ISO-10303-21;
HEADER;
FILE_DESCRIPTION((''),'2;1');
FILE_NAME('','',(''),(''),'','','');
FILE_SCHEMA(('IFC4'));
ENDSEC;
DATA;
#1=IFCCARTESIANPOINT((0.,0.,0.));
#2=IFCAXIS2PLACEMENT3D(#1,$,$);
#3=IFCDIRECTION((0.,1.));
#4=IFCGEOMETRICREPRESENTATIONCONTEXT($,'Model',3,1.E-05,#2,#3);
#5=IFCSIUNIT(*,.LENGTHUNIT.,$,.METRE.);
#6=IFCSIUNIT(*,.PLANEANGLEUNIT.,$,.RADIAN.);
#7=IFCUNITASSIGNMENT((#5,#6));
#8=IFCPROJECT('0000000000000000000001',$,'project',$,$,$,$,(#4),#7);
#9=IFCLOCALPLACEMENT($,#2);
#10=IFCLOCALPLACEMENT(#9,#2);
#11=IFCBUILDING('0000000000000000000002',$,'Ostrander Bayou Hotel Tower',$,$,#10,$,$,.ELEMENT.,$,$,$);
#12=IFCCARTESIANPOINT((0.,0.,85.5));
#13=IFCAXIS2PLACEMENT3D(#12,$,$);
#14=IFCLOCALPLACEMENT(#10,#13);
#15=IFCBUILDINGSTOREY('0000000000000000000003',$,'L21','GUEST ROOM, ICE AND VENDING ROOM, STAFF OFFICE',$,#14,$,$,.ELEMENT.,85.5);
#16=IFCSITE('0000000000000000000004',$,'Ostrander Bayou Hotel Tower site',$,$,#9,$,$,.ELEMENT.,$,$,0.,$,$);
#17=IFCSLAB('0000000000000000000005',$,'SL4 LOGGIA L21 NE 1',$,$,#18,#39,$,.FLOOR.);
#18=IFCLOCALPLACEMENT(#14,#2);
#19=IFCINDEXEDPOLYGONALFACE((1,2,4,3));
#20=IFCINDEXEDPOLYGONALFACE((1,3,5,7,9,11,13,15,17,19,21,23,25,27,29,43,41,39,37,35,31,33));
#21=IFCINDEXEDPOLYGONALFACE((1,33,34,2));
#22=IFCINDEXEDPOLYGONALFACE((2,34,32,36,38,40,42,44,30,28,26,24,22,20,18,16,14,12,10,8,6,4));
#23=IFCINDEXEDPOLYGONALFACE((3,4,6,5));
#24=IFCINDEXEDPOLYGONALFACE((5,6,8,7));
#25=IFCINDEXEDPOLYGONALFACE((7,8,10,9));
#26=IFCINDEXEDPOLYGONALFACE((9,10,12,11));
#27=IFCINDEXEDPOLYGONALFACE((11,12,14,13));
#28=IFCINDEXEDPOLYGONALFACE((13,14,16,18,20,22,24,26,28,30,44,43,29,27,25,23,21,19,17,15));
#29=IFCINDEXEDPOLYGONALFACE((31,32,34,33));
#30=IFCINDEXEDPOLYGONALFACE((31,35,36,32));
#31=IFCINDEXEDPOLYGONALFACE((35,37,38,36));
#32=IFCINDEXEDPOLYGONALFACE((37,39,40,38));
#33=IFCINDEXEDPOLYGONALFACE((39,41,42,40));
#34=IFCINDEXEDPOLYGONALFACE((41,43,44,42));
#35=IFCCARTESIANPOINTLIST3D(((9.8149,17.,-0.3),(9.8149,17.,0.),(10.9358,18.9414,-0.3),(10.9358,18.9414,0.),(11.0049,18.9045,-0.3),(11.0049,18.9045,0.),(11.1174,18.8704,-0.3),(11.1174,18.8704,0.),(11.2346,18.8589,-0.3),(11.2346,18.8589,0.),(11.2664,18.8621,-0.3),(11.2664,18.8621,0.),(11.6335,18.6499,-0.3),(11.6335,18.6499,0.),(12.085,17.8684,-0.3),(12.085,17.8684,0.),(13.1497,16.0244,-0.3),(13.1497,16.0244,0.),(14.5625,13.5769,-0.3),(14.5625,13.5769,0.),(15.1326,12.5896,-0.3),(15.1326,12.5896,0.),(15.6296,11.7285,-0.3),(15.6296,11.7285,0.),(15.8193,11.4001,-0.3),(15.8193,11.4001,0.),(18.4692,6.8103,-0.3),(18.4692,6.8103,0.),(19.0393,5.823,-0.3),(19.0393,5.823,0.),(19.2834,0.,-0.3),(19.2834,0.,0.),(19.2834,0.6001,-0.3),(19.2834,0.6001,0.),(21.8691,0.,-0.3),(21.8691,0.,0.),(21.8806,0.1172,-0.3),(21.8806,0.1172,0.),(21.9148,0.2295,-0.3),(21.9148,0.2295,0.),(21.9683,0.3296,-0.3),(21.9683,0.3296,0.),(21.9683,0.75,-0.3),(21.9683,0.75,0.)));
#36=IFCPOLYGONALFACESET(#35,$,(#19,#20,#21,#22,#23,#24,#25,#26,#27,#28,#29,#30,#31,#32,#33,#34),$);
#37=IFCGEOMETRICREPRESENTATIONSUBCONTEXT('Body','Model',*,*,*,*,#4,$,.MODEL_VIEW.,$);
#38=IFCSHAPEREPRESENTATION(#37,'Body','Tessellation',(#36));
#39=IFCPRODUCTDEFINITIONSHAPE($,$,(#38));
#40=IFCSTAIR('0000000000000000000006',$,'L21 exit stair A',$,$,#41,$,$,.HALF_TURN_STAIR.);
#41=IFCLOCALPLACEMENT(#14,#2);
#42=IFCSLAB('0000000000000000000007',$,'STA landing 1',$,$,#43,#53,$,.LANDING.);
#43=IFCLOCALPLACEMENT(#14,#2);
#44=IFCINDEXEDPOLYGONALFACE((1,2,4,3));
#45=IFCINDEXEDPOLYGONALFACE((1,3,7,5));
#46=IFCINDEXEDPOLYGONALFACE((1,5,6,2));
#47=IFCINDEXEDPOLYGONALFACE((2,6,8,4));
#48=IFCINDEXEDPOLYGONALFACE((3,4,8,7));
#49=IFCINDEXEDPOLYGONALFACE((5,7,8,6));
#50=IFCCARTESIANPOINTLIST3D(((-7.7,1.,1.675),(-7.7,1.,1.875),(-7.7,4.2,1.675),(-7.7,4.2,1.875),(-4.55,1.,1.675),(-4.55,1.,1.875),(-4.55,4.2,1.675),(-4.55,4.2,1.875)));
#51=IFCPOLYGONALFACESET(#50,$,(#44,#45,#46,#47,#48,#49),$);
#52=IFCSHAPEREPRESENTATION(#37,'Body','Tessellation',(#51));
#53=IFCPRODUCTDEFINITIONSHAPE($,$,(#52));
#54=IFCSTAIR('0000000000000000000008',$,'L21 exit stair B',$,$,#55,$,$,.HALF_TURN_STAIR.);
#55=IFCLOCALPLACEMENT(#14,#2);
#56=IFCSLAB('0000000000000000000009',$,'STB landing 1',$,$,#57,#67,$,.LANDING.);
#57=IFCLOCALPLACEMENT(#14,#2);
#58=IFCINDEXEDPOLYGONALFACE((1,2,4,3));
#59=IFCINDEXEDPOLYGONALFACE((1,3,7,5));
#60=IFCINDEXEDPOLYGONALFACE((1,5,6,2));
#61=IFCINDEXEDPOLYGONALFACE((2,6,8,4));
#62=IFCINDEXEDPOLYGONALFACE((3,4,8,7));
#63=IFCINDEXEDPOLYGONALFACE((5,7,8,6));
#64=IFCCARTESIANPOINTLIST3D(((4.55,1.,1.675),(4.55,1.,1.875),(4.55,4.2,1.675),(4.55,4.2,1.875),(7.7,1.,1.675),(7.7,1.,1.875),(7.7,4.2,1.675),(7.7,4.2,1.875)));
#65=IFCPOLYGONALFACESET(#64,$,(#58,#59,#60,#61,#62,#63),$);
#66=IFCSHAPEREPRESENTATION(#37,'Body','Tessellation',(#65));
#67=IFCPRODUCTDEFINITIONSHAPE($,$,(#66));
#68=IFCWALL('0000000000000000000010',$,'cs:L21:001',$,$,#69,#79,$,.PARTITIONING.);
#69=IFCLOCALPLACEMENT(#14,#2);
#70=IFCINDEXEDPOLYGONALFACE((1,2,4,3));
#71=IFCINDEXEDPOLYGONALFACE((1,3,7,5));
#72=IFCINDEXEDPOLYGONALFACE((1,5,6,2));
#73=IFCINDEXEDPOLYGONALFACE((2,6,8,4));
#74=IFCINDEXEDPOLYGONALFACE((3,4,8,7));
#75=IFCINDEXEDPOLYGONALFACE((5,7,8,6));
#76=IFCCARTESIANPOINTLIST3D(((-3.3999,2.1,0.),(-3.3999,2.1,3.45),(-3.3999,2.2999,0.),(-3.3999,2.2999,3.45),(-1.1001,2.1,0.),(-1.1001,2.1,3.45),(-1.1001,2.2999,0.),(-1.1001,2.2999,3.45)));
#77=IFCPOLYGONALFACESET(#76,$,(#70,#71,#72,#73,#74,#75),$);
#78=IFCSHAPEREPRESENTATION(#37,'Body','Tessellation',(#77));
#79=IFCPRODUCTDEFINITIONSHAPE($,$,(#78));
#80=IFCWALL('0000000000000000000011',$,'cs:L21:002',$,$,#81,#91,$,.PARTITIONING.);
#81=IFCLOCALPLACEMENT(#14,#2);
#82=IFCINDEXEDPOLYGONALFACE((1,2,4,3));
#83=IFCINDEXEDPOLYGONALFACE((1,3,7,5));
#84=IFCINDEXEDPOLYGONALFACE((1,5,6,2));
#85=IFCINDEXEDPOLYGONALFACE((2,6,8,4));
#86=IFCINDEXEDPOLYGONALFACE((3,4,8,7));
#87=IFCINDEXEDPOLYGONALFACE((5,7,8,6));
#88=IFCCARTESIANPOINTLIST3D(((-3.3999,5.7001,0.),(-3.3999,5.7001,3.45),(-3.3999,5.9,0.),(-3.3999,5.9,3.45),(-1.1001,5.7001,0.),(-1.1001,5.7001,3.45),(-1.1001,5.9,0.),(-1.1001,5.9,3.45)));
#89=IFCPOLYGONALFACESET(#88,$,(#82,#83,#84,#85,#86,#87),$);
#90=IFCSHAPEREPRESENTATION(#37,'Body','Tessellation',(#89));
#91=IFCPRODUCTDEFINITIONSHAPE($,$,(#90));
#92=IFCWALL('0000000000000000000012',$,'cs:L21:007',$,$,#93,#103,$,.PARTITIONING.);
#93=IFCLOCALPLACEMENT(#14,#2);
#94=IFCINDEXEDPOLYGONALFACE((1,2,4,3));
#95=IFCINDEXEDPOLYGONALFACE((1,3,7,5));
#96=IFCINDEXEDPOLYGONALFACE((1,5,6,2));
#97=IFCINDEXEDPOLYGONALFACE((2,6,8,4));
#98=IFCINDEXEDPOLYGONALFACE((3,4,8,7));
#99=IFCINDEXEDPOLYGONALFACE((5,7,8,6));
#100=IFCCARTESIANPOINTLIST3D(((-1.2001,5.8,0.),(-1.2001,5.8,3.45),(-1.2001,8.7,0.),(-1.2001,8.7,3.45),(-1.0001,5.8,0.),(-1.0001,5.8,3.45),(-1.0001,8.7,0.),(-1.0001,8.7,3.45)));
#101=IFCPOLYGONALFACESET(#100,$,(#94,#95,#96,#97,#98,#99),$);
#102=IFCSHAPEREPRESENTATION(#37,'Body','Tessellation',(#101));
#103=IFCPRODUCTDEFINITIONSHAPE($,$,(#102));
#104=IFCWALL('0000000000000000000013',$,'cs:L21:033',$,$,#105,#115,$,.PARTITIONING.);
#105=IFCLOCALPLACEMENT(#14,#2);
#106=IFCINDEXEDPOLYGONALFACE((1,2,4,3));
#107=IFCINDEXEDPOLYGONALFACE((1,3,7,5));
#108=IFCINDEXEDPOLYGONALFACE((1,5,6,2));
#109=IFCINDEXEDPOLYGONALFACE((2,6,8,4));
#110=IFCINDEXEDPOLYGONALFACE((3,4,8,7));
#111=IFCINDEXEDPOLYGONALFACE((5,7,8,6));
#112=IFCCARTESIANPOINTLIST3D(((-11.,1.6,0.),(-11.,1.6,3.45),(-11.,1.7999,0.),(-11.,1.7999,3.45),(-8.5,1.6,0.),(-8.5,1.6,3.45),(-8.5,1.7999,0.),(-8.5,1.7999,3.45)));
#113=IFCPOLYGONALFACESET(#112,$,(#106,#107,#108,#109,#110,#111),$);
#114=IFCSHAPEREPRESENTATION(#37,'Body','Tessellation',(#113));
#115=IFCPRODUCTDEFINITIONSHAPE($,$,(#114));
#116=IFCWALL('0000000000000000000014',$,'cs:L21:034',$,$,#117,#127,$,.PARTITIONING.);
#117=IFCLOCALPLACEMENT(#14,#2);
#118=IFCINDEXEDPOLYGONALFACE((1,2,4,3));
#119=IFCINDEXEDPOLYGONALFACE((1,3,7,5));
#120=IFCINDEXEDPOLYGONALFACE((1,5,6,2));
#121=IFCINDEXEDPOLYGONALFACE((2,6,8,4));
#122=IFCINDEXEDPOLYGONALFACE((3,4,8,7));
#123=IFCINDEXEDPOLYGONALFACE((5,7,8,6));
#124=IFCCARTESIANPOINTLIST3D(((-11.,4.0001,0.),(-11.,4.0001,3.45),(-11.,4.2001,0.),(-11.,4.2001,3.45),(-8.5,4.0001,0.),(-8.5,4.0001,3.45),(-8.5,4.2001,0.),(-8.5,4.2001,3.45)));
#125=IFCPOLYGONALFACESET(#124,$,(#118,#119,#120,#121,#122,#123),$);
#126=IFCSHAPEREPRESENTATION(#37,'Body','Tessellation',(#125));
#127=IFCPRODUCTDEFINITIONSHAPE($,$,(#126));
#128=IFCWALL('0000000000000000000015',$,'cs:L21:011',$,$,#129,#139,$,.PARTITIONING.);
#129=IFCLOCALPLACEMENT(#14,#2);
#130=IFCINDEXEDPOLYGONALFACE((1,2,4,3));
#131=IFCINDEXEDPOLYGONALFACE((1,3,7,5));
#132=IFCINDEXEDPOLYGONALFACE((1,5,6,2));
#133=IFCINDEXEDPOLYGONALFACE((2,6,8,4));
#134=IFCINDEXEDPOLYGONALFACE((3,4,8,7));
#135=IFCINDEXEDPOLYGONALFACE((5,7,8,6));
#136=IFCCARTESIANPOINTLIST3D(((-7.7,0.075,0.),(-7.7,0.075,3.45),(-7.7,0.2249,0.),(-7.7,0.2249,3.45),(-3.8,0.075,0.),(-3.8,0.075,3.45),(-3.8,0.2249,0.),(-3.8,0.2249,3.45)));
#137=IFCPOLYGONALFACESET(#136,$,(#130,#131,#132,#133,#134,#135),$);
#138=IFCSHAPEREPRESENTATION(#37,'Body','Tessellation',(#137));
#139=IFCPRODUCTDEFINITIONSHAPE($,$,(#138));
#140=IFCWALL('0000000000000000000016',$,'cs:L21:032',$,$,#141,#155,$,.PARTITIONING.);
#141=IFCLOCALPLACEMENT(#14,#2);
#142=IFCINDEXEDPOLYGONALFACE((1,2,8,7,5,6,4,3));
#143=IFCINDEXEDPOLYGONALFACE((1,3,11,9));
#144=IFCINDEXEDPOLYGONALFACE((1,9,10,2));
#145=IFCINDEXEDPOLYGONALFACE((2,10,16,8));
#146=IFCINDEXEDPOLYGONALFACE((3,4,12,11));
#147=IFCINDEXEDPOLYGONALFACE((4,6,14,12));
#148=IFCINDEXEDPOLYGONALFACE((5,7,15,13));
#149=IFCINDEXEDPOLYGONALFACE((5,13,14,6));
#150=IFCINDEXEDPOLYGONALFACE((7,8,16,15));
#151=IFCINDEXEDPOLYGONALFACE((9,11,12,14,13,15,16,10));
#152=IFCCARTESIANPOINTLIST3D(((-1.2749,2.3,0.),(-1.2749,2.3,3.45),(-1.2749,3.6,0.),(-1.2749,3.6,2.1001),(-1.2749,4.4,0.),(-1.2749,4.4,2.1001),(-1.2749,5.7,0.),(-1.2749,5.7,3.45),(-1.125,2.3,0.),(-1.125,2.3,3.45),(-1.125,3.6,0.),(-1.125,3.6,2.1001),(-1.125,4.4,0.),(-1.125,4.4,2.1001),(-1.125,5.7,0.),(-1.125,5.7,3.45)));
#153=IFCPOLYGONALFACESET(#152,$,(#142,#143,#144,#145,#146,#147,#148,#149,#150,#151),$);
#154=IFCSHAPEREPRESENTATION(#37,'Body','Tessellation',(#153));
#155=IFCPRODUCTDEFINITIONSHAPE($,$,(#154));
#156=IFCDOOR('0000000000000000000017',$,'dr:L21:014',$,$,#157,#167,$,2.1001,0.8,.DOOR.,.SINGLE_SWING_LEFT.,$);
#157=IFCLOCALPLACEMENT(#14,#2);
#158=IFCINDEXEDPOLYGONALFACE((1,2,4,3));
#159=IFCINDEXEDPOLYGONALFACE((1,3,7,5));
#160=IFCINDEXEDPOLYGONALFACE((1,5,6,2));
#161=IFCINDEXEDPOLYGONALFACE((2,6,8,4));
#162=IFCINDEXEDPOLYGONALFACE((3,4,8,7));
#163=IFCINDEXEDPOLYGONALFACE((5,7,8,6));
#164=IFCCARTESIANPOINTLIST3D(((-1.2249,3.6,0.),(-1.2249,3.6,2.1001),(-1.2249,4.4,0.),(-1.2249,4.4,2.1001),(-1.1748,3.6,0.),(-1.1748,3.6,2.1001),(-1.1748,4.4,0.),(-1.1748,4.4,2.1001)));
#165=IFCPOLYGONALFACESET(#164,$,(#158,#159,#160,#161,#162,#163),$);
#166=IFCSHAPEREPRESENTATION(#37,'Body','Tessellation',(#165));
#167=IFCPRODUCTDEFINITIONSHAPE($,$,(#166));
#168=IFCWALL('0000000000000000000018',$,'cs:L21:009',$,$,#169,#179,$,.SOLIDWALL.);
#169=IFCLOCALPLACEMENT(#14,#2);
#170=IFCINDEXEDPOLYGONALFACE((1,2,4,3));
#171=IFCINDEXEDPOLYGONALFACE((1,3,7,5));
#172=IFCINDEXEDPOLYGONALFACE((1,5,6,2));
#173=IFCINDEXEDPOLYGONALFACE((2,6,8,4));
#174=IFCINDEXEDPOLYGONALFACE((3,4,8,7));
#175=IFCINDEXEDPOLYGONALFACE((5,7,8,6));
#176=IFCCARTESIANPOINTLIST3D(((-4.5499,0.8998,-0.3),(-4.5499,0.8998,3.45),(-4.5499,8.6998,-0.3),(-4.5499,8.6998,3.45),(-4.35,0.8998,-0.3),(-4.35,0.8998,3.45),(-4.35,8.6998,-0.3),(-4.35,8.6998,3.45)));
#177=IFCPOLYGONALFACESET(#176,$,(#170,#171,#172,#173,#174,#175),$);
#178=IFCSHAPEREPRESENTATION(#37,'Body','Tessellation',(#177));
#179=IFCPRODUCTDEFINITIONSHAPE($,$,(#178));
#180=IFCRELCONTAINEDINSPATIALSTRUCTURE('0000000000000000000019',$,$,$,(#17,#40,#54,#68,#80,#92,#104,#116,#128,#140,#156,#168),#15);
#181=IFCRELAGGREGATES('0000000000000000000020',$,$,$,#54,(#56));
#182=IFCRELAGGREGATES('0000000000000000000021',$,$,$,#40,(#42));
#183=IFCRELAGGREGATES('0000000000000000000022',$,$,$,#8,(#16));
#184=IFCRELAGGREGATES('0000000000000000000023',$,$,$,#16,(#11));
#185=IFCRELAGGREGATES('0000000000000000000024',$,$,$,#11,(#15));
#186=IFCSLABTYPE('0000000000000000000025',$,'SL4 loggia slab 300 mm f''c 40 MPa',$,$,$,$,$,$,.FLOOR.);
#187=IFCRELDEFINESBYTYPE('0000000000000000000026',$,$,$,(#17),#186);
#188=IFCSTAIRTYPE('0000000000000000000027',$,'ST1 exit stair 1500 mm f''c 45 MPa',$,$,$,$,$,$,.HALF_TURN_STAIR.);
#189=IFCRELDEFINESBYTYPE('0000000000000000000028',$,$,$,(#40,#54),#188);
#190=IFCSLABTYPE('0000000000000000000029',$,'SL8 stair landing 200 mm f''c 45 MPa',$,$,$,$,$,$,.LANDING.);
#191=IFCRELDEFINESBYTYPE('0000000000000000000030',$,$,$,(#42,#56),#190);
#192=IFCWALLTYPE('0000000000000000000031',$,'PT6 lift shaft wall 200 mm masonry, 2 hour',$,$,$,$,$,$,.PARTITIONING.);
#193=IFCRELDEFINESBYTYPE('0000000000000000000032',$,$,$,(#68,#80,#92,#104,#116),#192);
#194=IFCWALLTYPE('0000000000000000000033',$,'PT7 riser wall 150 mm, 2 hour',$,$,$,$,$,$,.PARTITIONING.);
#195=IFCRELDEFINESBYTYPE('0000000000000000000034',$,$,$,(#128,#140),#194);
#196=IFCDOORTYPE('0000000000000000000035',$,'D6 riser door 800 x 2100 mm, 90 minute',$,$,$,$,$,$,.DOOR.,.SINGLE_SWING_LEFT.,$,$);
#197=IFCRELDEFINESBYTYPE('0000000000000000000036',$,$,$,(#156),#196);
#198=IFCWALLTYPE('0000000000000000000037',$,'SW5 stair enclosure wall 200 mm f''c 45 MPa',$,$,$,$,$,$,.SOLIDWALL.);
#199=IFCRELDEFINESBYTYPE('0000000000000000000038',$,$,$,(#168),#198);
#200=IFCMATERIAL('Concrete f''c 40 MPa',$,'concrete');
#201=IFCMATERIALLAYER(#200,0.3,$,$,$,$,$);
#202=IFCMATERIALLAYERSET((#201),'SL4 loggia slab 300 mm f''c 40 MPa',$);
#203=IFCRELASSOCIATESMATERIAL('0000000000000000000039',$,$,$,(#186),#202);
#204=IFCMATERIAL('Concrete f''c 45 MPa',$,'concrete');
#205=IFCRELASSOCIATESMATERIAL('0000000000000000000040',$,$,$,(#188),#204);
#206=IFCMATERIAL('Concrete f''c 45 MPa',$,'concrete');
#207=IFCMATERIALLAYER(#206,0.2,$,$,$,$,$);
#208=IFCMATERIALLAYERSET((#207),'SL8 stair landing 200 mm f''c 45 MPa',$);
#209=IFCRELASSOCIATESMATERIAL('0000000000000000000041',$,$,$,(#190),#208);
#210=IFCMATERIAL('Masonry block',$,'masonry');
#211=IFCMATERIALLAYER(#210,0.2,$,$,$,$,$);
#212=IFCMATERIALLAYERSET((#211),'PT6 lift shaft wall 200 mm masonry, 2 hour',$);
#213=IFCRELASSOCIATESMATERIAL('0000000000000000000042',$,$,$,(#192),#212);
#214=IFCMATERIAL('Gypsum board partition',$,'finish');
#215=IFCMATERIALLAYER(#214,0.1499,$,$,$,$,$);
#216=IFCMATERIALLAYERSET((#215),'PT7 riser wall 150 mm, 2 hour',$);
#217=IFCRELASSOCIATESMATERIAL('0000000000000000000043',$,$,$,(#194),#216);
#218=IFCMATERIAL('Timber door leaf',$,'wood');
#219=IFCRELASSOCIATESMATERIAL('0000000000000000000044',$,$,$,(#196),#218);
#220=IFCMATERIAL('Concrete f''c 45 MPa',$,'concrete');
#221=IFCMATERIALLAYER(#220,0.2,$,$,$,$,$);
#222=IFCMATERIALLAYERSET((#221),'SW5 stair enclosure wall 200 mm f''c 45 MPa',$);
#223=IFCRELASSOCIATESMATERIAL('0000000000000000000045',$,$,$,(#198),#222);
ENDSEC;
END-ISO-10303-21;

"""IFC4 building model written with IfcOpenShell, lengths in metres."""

from ifc_helpers import new_model, si_unit, direction, frame, frame_2d, origin, place, context, subcontext, project, spatial, polyline, rectangle, outline, extrude, material, layer, layer_set, type_object, element, fill, aggregate, save


model = new_model("IFC4")

# Units and contexts
model_context = context("Model", 3, precision=1e-05, world=origin(), true_north=direction((0.0, 1.0)))
body_context = subcontext(model_context, "Body", "Model", "MODEL_VIEW")
ifc_project = project(units=[si_unit("LENGTHUNIT", "METRE"), si_unit("PLANEANGLEUNIT", "RADIAN")], contexts=[model_context])

# Site, building, storey
site_placement = place(None, origin())
site = spatial("IfcSite", under=ifc_project, at=site_placement, Name="Ostrander Bayou Hotel Tower site", CompositionType="ELEMENT", RefElevation=0.0)
building_placement = place(site_placement, origin())
building = spatial("IfcBuilding", under=site, at=building_placement, Name="Ostrander Bayou Hotel Tower", CompositionType="ELEMENT")
storey_placement = place(building_placement, frame((0.0, 0.0, 85.5)))
storey = spatial("IfcBuildingStorey", under=building, at=storey_placement, Name="L21", Description="GUEST ROOM, ICE AND VENDING ROOM, STAFF OFFICE", CompositionType="ELEMENT", Elevation=85.5)

# Slab
ifc_material_1 = material(Name="Concrete f'c 40 MPa", Category="concrete")
ifc_layer_1 = layer(ifc_material_1, 0.3)
ifc_layer_set_1 = layer_set([ifc_layer_1], Name="SL4 loggia slab 300 mm f'c 40 MPa")
slab_type_1 = type_object("IfcSlabType", Name="SL4 loggia slab 300 mm f'c 40 MPa", PredefinedType="FLOOR", material=ifc_layer_set_1)
slab_1_placement = place(storey_placement, frame((0.0, 0.0, -0.3)))
element("IfcSlab", 1, at=slab_1_placement, inside=storey, type_object=slab_type_1, Name="SL4 LOGGIA L21 NE 1", PredefinedType="FLOOR", context=body_context, shape_type="SweptSolid", body=[
    extrude(outline(polyline([(10.9358, 18.9414), (11.0049, 18.9045), (11.1174, 18.8704), (11.2346, 18.8589), (11.2664, 18.8621), (11.6335, 18.6499), (12.085, 17.8684), (13.1497, 16.0244), (14.5625, 13.5769), (15.1326, 12.5896), (15.6296, 11.7285), (15.8193, 11.4001), (18.4692, 6.8103), (19.0393, 5.823), (21.9683, 0.75), (21.9683, 0.3296), (21.9148, 0.2295), (21.8806, 0.1172), (21.8691, 0.0), (19.2834, 0.0), (19.2834, 0.6001), (9.8149, 17.0), (10.9358, 18.9414)])), origin(), (0.0, 0.0, 1.0), 0.3),
])

# Stairs, slabs
ifc_material_2 = material(Name="Concrete f'c 45 MPa", Category="concrete")
stair_type = type_object("IfcStairType", Name="ST1 exit stair 1500 mm f'c 45 MPa", PredefinedType="HALF_TURN_STAIR", material=ifc_material_2)
stair_1_placement = place(storey_placement, origin())
stair_1 = element("IfcStair", 2, at=stair_1_placement, inside=storey, type_object=stair_type, Name="L21 exit stair A", PredefinedType="HALF_TURN_STAIR")
ifc_material_3 = material(Name="Concrete f'c 45 MPa", Category="concrete")
ifc_layer_2 = layer(ifc_material_3, 0.2)
ifc_layer_set_2 = layer_set([ifc_layer_2], Name="SL8 stair landing 200 mm f'c 45 MPa")
slab_type_2 = type_object("IfcSlabType", Name="SL8 stair landing 200 mm f'c 45 MPa", PredefinedType="LANDING", material=ifc_layer_set_2)
slab_2_placement = place(storey_placement, frame((0.0, 0.0, 1.675)))
slab_2 = element("IfcSlab", 3, at=slab_2_placement, type_object=slab_type_2, Name="STA landing 1", PredefinedType="LANDING", context=body_context, shape_type="SweptSolid", body=[
    extrude(outline(polyline([(-7.7, 4.2), (-7.7, 1.0), (-4.55, 1.0), (-4.55, 4.2), (-7.7, 4.2)])), origin(), (0.0, 0.0, 1.0), 0.2),
])
stair_2_placement = place(storey_placement, origin())
stair_2 = element("IfcStair", 4, at=stair_2_placement, inside=storey, type_object=stair_type, Name="L21 exit stair B", PredefinedType="HALF_TURN_STAIR")
slab_3_placement = place(storey_placement, frame((0.0, 0.0, 1.675)))
slab_3 = element("IfcSlab", 5, at=slab_3_placement, type_object=slab_type_2, Name="STB landing 1", PredefinedType="LANDING", context=body_context, shape_type="SweptSolid", body=[
    extrude(outline(polyline([(4.55, 4.2), (4.55, 1.0), (7.7, 1.0), (7.7, 4.2), (4.55, 4.2)])), origin(), (0.0, 0.0, 1.0), 0.2),
])
aggregate(stair_2, [slab_3])

# Walls
ifc_material_4 = material(Name="Masonry block", Category="masonry")
ifc_layer_3 = layer(ifc_material_4, 0.2)
ifc_layer_set_3 = layer_set([ifc_layer_3], Name="PT6 lift shaft wall 200 mm masonry, 2 hour")
wall_type_1 = type_object("IfcWallType", Name="PT6 lift shaft wall 200 mm masonry, 2 hour", PredefinedType="PARTITIONING", material=ifc_layer_set_3)
for number, where, z_axis, x_axis, name in (
    (6, (-3.3999, 2.2, 0.0), (0.0, 0.0, 1.0), (1.0, 0.0, 0.0), "cs:L21:001"),
    (7, (-3.3999, 5.8, 0.0), (0.0, 0.0, 1.0), (1.0, 0.0, 0.0), "cs:L21:002"),
):
    element("IfcWall", number, at=place(storey_placement, frame(where, z_axis=z_axis, x_axis=x_axis)), inside=storey, type_object=wall_type_1, Name=name, PredefinedType="PARTITIONING", context=body_context, shape_type="SweptSolid", body=[
        extrude(rectangle(XDim=2.2998, YDim=0.2, at=frame_2d((1.1499, 0.0))), origin(), (0.0, 0.0, 1.0), 3.45),
    ])
wall_1_placement = place(storey_placement, frame((-1.1001, 5.8, 0.0), z_axis=(0.0, 0.0, 1.0), x_axis=(0.0, 1.0, 0.0)))
element("IfcWall", 8, at=wall_1_placement, inside=storey, type_object=wall_type_1, Name="cs:L21:007", PredefinedType="PARTITIONING", context=body_context, shape_type="SweptSolid", body=[
    extrude(rectangle(XDim=2.8999, YDim=0.2, at=frame_2d((1.45, 0.0))), origin(), (0.0, 0.0, 1.0), 3.45),
])
for number, where, z_axis, x_axis, name in (
    (9, (-11.0, 1.7, 0.0), (0.0, 0.0, 1.0), (1.0, 0.0, 0.0), "cs:L21:033"),
    (10, (-11.0, 4.1001, 0.0), (0.0, 0.0, 1.0), (1.0, 0.0, 0.0), "cs:L21:034"),
):
    element("IfcWall", number, at=place(storey_placement, frame(where, z_axis=z_axis, x_axis=x_axis)), inside=storey, type_object=wall_type_1, Name=name, PredefinedType="PARTITIONING", context=body_context, shape_type="SweptSolid", body=[
        extrude(rectangle(XDim=2.5, YDim=0.2, at=frame_2d((1.25, 0.0))), origin(), (0.0, 0.0, 1.0), 3.45),
    ])
ifc_material_5 = material(Name="Gypsum board partition", Category="finish")
ifc_layer_4 = layer(ifc_material_5, 0.1499)
ifc_layer_set_4 = layer_set([ifc_layer_4], Name="PT7 riser wall 150 mm, 2 hour")
wall_type_2 = type_object("IfcWallType", Name="PT7 riser wall 150 mm, 2 hour", PredefinedType="PARTITIONING", material=ifc_layer_set_4)
wall_2_placement = place(storey_placement, frame((-7.7, 0.1499, 0.0), z_axis=(0.0, 0.0, 1.0), x_axis=(1.0, 0.0, 0.0)))
element("IfcWall", 11, at=wall_2_placement, inside=storey, type_object=wall_type_2, Name="cs:L21:011", PredefinedType="PARTITIONING", context=body_context, shape_type="SweptSolid", body=[
    extrude(rectangle(XDim=3.8999, YDim=0.1499, at=frame_2d((1.95, 0.0))), origin(), (0.0, 0.0, 1.0), 3.45),
])

# Wall, opening, door
wall_3_placement = place(storey_placement, frame((-1.2, 2.3, 0.0), z_axis=(0.0, 0.0, 1.0), x_axis=(0.0, 1.0, 0.0)))
wall_3 = element("IfcWall", 12, at=wall_3_placement, inside=storey, type_object=wall_type_2, Name="cs:L21:032", PredefinedType="PARTITIONING", context=body_context, shape_type="SweptSolid", body=[
    extrude(rectangle(XDim=3.3999, YDim=0.1499, at=frame_2d((1.7, 0.0))), origin(), (0.0, 0.0, 1.0), 3.45),
])
opening_1_placement = place(wall_3_placement, frame((1.3, 0.0, 0.0)))
opening_1 = element("IfcOpeningElement", 13, at=opening_1_placement, cuts=wall_3, PredefinedType="OPENING", context=body_context, shape_type="SweptSolid", body=[
    extrude(rectangle(XDim=0.8, YDim=2.1001, at=frame_2d((0.3999, 1.05))), frame((0.0, 0.075, 0.0), z_axis=(0.0, -1.0, 0.0), x_axis=(1.0, 0.0, 0.0)), (0.0, 0.0, 1.0), 0.1499),
])
ifc_material_6 = material(Name="Timber door leaf", Category="wood")
door_type_1 = type_object("IfcDoorType", Name="D6 riser door 800 x 2100 mm, 90 minute", OperationType="SINGLE_SWING_LEFT", PredefinedType="DOOR", material=ifc_material_6)
door_1_placement = place(opening_1_placement, origin())
door_1 = element("IfcDoor", 14, at=door_1_placement, inside=storey, type_object=door_type_1, Name="dr:L21:014", OperationType="SINGLE_SWING_LEFT", OverallHeight=2.1001, OverallWidth=0.8, PredefinedType="DOOR", context=body_context, shape_type="SweptSolid", body=[
    extrude(rectangle(XDim=0.8, YDim=2.1001, at=frame_2d((0.3999, 1.05))), frame((0.0, 0.0249, 0.0), z_axis=(0.0, -1.0, 0.0), x_axis=(1.0, 0.0, 0.0)), (0.0, 0.0, 1.0), 0.05),
])
fill(opening_1, door_1)

# Wall
ifc_material_7 = material(Name="Concrete f'c 45 MPa", Category="concrete")
ifc_layer_5 = layer(ifc_material_7, 0.2)
ifc_layer_set_5 = layer_set([ifc_layer_5], Name="SW5 stair enclosure wall 200 mm f'c 45 MPa")
wall_type_3 = type_object("IfcWallType", Name="SW5 stair enclosure wall 200 mm f'c 45 MPa", PredefinedType="SOLIDWALL", material=ifc_layer_set_5)
wall_4_placement = place(storey_placement, frame((-4.45, 0.8999, -0.3), z_axis=(0.0, 0.0, 1.0), x_axis=(0.0, 1.0, 0.0)))
element("IfcWall", 15, at=wall_4_placement, inside=storey, type_object=wall_type_3, Name="cs:L21:009", PredefinedType="SOLIDWALL", context=body_context, shape_type="SweptSolid", body=[
    extrude(rectangle(XDim=7.8, YDim=0.2, at=frame_2d((3.8999, 0.0))), origin(), (0.0, 0.0, 1.0), 3.75),
])

aggregate(stair_1, [slab_2])

save(model, "model.ifc")
